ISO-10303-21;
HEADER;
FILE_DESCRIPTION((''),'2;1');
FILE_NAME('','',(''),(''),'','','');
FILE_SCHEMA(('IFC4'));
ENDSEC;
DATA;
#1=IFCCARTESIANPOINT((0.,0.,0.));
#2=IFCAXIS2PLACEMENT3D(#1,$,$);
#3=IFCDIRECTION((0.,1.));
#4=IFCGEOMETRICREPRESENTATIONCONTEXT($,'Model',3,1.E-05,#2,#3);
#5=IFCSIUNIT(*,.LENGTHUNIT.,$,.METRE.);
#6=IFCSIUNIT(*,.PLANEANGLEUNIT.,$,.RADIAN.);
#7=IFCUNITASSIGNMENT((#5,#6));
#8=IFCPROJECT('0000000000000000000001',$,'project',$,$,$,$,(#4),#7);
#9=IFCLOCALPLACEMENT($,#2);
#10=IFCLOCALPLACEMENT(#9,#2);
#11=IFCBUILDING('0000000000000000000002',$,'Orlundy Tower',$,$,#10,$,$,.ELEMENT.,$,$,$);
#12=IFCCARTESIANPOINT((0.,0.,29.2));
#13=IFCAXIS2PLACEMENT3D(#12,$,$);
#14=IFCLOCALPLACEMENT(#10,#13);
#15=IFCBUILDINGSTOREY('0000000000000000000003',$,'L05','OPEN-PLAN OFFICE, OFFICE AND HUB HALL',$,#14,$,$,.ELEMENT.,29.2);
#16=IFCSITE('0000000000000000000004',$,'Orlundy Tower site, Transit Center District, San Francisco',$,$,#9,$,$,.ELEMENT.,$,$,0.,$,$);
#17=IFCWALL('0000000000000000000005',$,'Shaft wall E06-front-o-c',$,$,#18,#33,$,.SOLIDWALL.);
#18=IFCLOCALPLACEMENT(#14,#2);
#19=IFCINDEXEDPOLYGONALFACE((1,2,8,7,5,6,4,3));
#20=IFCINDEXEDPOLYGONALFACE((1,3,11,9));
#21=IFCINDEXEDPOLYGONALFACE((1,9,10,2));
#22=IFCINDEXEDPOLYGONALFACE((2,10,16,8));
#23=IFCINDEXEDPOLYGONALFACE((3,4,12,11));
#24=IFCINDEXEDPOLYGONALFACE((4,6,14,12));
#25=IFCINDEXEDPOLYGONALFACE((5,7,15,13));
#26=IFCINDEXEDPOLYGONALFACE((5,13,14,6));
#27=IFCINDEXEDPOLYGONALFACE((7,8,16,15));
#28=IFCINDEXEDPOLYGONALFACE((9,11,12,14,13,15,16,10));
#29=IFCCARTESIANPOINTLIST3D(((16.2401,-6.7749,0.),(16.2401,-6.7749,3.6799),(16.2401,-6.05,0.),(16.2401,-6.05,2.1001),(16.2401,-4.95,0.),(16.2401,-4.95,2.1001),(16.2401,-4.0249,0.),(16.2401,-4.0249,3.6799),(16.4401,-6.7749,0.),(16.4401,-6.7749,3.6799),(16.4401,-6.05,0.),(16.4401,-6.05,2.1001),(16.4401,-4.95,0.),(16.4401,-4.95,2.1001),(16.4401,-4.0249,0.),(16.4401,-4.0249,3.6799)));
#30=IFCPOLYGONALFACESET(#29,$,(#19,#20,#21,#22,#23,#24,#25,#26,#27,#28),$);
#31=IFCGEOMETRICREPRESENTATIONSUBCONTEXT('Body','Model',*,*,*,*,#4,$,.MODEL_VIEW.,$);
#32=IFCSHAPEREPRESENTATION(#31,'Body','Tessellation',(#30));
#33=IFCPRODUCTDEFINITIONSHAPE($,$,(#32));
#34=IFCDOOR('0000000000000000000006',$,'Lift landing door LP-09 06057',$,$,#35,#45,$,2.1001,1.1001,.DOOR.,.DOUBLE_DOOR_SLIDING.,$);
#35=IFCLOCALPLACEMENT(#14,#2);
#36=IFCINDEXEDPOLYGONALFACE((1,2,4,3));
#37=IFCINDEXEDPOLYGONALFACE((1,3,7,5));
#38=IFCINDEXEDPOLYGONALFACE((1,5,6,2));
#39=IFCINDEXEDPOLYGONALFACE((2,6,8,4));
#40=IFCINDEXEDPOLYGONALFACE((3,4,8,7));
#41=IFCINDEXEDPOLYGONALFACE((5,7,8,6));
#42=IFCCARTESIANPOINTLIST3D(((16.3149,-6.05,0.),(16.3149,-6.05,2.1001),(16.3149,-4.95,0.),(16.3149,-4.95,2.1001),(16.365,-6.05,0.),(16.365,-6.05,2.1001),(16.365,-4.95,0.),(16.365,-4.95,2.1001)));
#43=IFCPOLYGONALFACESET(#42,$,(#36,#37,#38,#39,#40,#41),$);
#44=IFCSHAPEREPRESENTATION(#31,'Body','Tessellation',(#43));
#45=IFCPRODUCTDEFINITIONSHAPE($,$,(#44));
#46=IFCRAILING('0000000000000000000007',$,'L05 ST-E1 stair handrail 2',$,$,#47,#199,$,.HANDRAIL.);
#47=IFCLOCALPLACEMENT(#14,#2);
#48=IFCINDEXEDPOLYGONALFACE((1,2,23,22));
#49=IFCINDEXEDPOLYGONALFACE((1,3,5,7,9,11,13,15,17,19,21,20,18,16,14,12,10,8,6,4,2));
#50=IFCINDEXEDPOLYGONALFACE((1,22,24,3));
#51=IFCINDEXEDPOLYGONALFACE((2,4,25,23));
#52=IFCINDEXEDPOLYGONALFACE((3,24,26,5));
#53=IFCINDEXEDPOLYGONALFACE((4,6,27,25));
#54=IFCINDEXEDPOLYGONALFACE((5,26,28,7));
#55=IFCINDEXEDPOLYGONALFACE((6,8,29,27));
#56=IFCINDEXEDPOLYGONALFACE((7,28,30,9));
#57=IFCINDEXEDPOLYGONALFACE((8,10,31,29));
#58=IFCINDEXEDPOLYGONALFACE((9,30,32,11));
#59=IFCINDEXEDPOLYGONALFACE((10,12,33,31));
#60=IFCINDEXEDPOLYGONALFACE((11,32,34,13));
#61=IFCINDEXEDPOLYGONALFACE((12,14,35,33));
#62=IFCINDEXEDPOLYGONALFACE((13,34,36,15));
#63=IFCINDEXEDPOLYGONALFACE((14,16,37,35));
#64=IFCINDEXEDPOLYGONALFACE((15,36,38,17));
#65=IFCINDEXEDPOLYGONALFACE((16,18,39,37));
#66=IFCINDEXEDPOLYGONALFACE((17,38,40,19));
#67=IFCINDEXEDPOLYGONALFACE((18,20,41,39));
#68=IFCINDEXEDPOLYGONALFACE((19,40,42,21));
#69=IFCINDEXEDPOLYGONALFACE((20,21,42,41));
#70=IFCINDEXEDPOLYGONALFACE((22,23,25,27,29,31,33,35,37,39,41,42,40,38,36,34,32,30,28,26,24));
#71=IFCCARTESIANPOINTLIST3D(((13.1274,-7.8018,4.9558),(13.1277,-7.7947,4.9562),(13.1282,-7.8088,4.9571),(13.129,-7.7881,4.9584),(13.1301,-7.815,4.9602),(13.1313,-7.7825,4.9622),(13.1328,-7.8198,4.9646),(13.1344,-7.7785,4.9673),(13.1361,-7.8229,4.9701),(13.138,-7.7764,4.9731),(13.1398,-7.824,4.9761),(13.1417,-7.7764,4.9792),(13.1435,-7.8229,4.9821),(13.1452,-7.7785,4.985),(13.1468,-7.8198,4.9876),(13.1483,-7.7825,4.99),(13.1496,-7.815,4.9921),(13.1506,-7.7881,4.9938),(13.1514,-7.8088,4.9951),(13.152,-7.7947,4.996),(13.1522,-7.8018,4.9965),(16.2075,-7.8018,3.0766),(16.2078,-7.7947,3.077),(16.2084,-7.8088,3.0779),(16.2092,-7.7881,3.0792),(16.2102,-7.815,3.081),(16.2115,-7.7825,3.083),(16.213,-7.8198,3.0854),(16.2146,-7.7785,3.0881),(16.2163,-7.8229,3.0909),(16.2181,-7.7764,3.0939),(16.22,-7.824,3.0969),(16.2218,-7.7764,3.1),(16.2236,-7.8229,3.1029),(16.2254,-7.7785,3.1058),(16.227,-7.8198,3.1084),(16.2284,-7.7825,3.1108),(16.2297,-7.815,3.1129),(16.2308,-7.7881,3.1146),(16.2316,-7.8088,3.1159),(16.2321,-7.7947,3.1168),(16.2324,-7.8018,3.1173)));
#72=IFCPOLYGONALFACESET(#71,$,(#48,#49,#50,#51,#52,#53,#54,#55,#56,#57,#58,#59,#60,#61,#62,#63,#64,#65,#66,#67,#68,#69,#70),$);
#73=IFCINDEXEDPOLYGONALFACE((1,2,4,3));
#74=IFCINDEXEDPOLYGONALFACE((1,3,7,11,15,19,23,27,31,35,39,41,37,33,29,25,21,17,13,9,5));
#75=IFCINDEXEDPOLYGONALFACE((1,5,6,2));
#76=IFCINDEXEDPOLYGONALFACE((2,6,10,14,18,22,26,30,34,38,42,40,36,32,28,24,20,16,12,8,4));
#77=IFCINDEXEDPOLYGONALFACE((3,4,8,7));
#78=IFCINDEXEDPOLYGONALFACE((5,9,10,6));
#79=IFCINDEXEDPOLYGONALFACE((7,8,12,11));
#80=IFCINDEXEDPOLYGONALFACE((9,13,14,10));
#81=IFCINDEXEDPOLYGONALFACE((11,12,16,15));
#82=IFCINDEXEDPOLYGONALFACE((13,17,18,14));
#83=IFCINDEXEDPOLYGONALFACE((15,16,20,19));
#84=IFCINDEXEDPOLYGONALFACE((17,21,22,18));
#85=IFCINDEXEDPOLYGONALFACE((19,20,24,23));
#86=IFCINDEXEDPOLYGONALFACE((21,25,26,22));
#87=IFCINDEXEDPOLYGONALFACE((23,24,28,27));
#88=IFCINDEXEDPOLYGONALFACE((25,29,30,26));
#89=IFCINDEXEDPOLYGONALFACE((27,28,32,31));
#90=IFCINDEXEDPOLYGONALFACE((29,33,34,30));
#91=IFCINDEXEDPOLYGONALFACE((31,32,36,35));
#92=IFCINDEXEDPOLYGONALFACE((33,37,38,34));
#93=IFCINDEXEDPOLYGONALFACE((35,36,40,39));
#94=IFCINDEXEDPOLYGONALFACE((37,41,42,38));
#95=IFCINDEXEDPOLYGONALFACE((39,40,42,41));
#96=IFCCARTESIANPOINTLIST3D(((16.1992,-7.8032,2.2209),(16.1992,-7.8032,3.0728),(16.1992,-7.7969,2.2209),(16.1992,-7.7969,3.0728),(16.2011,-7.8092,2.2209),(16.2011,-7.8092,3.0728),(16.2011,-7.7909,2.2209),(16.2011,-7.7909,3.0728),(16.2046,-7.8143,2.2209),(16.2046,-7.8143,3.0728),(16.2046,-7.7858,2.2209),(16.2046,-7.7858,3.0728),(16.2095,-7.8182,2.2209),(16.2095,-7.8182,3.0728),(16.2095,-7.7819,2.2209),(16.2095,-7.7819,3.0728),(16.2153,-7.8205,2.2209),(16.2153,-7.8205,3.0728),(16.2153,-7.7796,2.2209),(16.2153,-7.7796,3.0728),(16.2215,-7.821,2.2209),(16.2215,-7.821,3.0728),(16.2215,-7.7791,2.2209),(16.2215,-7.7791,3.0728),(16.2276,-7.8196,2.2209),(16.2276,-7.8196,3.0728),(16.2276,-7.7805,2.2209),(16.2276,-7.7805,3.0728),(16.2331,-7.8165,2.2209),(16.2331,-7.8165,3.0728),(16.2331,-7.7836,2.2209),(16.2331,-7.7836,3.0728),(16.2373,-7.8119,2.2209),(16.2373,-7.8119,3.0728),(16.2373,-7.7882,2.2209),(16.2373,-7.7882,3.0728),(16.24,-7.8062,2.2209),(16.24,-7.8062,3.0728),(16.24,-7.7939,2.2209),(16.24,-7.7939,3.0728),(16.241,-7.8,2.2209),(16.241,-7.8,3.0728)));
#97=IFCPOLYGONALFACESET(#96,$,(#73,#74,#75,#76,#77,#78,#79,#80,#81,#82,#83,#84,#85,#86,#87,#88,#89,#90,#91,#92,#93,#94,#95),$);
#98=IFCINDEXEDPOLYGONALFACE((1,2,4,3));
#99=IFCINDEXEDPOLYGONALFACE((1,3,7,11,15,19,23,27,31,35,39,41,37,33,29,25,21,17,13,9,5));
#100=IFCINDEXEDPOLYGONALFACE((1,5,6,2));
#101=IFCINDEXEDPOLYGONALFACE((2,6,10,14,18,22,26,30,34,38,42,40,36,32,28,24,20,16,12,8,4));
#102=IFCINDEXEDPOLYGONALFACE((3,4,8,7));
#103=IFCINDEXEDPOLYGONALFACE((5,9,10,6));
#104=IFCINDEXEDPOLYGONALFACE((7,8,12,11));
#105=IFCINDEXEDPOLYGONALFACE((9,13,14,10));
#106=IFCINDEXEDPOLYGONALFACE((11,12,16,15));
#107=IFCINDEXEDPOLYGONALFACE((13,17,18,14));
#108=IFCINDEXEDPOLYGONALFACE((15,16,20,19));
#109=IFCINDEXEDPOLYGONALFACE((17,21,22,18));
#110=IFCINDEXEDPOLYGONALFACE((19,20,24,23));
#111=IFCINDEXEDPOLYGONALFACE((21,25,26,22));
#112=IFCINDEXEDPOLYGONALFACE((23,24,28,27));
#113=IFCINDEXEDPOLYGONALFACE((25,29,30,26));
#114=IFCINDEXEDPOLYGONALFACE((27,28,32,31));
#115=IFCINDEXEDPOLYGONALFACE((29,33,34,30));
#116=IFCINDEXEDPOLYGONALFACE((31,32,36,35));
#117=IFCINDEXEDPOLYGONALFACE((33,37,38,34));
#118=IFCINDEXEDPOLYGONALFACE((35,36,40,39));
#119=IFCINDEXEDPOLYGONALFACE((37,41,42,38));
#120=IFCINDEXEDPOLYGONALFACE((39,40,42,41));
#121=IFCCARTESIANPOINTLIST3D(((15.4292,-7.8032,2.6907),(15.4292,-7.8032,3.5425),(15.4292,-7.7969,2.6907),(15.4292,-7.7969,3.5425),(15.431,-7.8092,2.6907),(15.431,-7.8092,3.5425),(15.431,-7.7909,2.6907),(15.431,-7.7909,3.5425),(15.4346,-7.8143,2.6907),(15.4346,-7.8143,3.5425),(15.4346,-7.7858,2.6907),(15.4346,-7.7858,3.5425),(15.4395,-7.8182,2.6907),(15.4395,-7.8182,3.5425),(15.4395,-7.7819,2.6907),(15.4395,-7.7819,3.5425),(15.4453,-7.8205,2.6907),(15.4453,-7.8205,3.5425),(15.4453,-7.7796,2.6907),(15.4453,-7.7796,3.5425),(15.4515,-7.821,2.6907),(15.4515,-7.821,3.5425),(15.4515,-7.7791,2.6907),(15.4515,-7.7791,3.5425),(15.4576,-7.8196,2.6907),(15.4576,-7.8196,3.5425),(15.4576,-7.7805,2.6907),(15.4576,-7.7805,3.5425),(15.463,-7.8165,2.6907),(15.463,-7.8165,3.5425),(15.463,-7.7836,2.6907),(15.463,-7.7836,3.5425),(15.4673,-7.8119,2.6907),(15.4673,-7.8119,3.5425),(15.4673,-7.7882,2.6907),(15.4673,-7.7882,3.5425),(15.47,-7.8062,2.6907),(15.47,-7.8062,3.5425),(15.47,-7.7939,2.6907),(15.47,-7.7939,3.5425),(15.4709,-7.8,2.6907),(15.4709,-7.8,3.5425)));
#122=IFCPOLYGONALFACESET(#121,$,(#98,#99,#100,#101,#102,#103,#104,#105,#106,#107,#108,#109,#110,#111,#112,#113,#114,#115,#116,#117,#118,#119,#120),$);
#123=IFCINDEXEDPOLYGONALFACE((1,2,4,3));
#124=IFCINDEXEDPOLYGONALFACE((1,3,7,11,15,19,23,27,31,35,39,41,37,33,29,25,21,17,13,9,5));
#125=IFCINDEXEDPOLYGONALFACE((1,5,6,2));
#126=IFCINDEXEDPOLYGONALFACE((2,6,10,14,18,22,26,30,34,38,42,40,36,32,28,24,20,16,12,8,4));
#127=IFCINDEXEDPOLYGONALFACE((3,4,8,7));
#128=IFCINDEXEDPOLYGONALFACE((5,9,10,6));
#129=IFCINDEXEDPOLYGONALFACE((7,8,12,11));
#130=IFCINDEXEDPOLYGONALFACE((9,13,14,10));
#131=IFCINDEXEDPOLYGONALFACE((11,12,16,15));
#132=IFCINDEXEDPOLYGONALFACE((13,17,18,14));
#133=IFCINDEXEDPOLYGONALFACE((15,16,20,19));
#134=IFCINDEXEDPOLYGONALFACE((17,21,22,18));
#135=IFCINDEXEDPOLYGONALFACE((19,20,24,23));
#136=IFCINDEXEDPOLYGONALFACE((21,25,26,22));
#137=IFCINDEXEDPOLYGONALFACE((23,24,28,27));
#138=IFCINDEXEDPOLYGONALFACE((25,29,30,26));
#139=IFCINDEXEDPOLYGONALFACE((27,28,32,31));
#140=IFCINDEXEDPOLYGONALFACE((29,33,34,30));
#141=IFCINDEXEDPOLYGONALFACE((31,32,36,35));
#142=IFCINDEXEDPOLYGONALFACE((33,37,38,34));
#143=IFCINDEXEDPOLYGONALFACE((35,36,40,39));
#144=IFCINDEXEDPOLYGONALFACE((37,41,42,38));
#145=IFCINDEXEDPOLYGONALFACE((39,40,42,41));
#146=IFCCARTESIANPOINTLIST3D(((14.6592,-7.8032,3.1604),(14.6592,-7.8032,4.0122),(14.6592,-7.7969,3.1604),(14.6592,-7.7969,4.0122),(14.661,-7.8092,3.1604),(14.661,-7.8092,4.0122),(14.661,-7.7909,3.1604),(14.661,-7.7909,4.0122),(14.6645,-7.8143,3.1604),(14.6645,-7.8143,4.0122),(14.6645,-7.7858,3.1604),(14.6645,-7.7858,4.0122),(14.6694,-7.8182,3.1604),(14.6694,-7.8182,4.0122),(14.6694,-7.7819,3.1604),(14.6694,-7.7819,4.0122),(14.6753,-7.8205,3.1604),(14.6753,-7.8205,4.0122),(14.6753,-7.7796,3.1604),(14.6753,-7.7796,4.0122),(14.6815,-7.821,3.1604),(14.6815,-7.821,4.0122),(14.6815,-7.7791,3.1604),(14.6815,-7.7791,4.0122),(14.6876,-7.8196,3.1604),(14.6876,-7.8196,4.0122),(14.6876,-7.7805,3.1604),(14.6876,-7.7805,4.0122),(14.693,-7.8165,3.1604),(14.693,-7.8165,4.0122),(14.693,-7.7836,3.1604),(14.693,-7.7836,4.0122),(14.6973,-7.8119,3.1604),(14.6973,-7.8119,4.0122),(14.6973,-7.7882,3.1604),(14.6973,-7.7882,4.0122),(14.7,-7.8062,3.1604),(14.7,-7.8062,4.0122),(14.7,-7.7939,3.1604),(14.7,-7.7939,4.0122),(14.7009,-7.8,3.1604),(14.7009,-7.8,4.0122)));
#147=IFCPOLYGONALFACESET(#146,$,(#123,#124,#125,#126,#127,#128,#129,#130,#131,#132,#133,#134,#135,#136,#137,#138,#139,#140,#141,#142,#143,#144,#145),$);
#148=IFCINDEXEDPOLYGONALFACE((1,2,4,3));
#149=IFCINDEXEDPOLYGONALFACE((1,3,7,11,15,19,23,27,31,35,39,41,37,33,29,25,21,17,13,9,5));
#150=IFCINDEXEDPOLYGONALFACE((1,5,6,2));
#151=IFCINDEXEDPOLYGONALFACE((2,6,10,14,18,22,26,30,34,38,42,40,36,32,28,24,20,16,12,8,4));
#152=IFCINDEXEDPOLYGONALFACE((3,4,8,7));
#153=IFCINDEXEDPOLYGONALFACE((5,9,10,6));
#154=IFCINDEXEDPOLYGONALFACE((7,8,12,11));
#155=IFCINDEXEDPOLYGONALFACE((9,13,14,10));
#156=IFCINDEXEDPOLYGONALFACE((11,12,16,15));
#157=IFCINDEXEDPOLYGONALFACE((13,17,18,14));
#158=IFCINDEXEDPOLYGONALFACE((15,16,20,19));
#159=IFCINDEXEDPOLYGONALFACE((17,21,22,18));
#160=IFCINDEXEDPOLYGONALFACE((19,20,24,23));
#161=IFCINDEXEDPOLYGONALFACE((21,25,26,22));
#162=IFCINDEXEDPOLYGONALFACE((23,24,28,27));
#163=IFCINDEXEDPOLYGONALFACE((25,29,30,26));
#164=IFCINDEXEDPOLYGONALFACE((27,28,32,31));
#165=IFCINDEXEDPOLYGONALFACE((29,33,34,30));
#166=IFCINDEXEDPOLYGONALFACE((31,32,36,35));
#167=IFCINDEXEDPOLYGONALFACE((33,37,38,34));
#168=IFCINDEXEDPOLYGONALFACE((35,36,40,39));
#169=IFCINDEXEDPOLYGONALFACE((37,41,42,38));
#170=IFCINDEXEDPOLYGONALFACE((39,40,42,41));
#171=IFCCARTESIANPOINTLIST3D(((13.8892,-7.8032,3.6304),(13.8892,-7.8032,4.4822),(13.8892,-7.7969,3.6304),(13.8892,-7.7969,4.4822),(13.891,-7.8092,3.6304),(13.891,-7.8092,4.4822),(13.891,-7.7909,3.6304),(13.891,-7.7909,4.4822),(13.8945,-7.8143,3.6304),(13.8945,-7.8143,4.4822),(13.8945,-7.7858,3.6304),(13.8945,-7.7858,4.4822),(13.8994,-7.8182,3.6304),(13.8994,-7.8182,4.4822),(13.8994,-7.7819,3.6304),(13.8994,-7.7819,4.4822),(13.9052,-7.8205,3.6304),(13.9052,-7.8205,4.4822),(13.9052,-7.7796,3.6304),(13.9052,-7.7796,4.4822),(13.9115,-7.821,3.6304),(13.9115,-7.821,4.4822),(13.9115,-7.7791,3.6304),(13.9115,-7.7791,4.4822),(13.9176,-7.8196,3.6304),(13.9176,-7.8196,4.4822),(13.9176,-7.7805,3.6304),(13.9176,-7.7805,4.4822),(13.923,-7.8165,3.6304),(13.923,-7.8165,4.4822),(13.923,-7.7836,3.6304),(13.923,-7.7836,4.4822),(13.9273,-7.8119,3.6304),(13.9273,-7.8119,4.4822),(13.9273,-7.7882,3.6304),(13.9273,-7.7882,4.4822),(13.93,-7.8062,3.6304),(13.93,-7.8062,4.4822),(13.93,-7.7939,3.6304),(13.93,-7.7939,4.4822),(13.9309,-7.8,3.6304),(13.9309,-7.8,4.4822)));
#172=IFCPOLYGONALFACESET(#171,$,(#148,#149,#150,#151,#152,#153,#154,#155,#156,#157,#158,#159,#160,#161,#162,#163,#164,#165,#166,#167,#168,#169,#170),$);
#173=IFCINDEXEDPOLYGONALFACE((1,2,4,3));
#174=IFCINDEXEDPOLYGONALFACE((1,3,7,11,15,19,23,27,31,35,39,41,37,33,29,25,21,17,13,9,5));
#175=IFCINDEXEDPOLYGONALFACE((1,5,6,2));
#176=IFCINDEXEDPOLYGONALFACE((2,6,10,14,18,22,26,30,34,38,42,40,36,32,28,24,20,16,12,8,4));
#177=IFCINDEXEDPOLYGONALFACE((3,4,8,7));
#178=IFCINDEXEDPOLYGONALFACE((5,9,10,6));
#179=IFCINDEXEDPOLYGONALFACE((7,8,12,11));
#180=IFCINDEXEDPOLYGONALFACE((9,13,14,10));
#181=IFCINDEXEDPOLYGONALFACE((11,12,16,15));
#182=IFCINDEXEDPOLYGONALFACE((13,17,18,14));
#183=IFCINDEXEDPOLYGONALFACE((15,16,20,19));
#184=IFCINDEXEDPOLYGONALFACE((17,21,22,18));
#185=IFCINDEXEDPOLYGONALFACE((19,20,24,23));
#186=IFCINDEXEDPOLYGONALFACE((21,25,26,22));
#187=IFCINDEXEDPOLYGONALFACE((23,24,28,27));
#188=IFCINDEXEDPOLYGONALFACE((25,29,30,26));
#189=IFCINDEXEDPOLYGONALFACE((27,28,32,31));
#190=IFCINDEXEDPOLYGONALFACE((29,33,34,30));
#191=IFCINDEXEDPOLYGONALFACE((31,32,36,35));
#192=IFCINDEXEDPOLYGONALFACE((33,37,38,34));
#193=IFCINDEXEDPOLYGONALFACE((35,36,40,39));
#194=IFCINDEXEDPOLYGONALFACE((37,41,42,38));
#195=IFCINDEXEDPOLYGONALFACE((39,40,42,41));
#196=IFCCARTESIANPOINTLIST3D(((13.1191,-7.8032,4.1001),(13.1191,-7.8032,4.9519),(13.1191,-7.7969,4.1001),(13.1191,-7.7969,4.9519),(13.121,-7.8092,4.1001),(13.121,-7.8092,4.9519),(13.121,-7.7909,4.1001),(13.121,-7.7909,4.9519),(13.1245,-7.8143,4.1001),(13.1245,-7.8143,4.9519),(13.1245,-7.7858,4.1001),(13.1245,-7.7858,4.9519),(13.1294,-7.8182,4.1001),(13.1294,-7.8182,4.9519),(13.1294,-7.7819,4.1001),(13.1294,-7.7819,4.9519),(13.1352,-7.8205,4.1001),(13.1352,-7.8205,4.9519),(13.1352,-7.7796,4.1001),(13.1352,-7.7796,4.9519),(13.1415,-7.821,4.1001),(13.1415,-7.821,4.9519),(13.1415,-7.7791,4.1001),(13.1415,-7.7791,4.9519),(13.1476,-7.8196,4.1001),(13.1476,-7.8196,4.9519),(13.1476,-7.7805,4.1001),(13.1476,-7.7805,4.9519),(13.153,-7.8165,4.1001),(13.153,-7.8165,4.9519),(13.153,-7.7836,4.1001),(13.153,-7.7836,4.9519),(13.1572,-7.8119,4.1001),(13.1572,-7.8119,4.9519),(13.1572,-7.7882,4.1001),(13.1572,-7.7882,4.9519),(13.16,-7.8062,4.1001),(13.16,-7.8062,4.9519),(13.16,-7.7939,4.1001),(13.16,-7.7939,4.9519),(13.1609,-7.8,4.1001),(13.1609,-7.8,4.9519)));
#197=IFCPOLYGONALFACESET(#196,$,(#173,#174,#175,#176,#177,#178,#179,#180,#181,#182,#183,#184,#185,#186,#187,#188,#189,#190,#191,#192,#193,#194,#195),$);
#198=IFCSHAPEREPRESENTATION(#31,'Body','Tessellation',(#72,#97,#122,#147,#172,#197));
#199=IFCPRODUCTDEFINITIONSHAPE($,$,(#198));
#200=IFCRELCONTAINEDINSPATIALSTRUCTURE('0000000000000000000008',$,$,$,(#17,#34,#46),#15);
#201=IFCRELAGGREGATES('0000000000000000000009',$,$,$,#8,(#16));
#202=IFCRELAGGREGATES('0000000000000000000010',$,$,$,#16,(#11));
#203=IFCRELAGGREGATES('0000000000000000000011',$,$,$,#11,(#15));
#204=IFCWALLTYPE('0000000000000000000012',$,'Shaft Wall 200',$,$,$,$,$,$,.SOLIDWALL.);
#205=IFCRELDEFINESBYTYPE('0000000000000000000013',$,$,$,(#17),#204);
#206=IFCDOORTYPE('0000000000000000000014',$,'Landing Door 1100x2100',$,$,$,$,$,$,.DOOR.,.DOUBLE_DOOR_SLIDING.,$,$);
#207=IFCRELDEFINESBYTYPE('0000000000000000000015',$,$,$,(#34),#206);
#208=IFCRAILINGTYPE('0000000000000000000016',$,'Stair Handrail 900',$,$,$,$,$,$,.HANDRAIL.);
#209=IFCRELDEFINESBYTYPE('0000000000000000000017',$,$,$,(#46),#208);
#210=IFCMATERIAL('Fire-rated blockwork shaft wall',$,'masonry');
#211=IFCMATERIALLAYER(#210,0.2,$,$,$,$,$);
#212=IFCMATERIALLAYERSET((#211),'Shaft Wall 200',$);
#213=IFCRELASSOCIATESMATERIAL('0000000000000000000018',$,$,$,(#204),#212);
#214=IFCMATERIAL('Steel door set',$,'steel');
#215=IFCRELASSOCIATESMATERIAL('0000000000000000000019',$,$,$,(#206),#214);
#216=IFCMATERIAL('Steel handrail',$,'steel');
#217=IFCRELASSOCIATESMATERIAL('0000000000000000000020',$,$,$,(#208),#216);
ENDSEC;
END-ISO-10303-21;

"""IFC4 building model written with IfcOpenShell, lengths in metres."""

from ifc_helpers import new_model, si_unit, direction, frame, frame_2d, origin, origin_2d, place, context, subcontext, project, spatial, rectangle, circle, extrude, material, layer, layer_set, type_object, element, fill, save


model = new_model("IFC4")

# Units and contexts
model_context = context("Model", 3, precision=1e-05, world=origin(), true_north=direction((0.0, 1.0)))
body_context = subcontext(model_context, "Body", "Model", "MODEL_VIEW")
ifc_project = project(units=[si_unit("LENGTHUNIT", "METRE"), si_unit("PLANEANGLEUNIT", "RADIAN")], contexts=[model_context])

# Site, building, storey
site_placement = place(None, origin())
site = spatial("IfcSite", under=ifc_project, at=site_placement, Name="Orlundy Tower site, Transit Center District, San Francisco", CompositionType="ELEMENT", RefElevation=0.0)
building_placement = place(site_placement, origin())
building = spatial("IfcBuilding", under=site, at=building_placement, Name="Orlundy Tower", CompositionType="ELEMENT")
storey_placement = place(building_placement, frame((0.0, 0.0, 29.2)))
storey = spatial("IfcBuildingStorey", under=building, at=storey_placement, Name="L05", Description="OPEN-PLAN OFFICE, OFFICE AND HUB HALL", CompositionType="ELEMENT", Elevation=29.2)

# Wall, opening, door
ifc_material_1 = material(Name="Fire-rated blockwork shaft wall", Category="masonry")
ifc_layer_1 = layer(ifc_material_1, 0.2)
ifc_layer_set_1 = layer_set([ifc_layer_1], Name="Shaft Wall 200")
wall_type_1 = type_object("IfcWallType", Name="Shaft Wall 200", PredefinedType="SOLIDWALL", material=ifc_layer_set_1)
wall_1_placement = place(storey_placement, frame((16.3401, -4.0249, 0.0), z_axis=(0.0, 0.0, 1.0), x_axis=(0.0, -1.0, 0.0)))
wall_1 = element("IfcWall", 1, at=wall_1_placement, inside=storey, type_object=wall_type_1, Name="Shaft wall E06-front-o-c", PredefinedType="SOLIDWALL", context=body_context, shape_type="SweptSolid", body=[
    extrude(rectangle(XDim=2.75, YDim=0.2, at=frame_2d((1.375, 0.0))), origin(), (0.0, 0.0, 1.0), 3.6799),
])
opening_1_placement = place(wall_1_placement, frame((0.925, 0.0, 0.0)))
opening_1 = element("IfcOpeningElement", 2, at=opening_1_placement, cuts=wall_1, PredefinedType="OPENING", context=body_context, shape_type="SweptSolid", body=[
    extrude(rectangle(XDim=1.1001, YDim=2.1001, at=frame_2d((0.55, 1.05))), frame((0.0, 0.1101, 0.0), z_axis=(0.0, -1.0, 0.0), x_axis=(1.0, 0.0, 0.0)), (0.0, 0.0, 1.0), 0.2202),
])
ifc_material_2 = material(Name="Steel door set", Category="steel")
door_type_1 = type_object("IfcDoorType", Name="Landing Door 1100x2100", OperationType="DOUBLE_DOOR_SLIDING", PredefinedType="DOOR", material=ifc_material_2)
door_1_placement = place(opening_1_placement, origin())
door_1 = element("IfcDoor", 3, at=door_1_placement, inside=storey, type_object=door_type_1, Name="Lift landing door LP-09 06057", OperationType="DOUBLE_DOOR_SLIDING", OverallHeight=2.1001, OverallWidth=1.1001, PredefinedType="DOOR", context=body_context, shape_type="SweptSolid", body=[
    extrude(rectangle(XDim=1.1001, YDim=2.1001, at=frame_2d((0.55, 1.05))), frame((0.0, 0.0249, 0.0), z_axis=(0.0, -1.0, 0.0), x_axis=(1.0, 0.0, 0.0)), (0.0, 0.0, 1.0), 0.05),
])
fill(opening_1, door_1)

# Railing
ifc_material_3 = material(Name="Steel handrail", Category="steel")
railing_type_1 = type_object("IfcRailingType", Name="Stair Handrail 900", PredefinedType="HANDRAIL", material=ifc_material_3)
railing_1_placement = place(storey_placement, frame((16.22, -7.8, 2.2209)))
element("IfcRailing", 4, at=railing_1_placement, inside=storey, type_object=railing_type_1, Name="L05 ST-E1 stair handrail 2", PredefinedType="HANDRAIL", context=body_context, shape_type="SweptSolid", body=[
    extrude(circle(Radius=0.0239, at=origin_2d()), frame((0.0, 0.0, 0.876), z_axis=(-0.853666, 0.0, 0.52082), x_axis=(0.0, -1.0, 0.0)), (0.0, 0.0, 1.0), 3.6082),
    extrude(circle(Radius=0.021, at=origin_2d()), origin(), (0.0, 0.0, 1.0), 0.8518),
    extrude(circle(Radius=0.021, at=origin_2d()), frame((-0.77, 0.0, 0.4697)), (0.0, 0.0, 1.0), 0.8518),
    extrude(circle(Radius=0.021, at=origin_2d()), frame((-1.54, 0.0, 0.9395)), (0.0, 0.0, 1.0), 0.8518),
    extrude(circle(Radius=0.021, at=origin_2d()), frame((-2.3101, 0.0, 1.4094)), (0.0, 0.0, 1.0), 0.8518),
    extrude(circle(Radius=0.021, at=origin_2d()), frame((-3.0801, 0.0, 1.8792)), (0.0, 0.0, 1.0), 0.8518),
])

save(model, "model.ifc")
